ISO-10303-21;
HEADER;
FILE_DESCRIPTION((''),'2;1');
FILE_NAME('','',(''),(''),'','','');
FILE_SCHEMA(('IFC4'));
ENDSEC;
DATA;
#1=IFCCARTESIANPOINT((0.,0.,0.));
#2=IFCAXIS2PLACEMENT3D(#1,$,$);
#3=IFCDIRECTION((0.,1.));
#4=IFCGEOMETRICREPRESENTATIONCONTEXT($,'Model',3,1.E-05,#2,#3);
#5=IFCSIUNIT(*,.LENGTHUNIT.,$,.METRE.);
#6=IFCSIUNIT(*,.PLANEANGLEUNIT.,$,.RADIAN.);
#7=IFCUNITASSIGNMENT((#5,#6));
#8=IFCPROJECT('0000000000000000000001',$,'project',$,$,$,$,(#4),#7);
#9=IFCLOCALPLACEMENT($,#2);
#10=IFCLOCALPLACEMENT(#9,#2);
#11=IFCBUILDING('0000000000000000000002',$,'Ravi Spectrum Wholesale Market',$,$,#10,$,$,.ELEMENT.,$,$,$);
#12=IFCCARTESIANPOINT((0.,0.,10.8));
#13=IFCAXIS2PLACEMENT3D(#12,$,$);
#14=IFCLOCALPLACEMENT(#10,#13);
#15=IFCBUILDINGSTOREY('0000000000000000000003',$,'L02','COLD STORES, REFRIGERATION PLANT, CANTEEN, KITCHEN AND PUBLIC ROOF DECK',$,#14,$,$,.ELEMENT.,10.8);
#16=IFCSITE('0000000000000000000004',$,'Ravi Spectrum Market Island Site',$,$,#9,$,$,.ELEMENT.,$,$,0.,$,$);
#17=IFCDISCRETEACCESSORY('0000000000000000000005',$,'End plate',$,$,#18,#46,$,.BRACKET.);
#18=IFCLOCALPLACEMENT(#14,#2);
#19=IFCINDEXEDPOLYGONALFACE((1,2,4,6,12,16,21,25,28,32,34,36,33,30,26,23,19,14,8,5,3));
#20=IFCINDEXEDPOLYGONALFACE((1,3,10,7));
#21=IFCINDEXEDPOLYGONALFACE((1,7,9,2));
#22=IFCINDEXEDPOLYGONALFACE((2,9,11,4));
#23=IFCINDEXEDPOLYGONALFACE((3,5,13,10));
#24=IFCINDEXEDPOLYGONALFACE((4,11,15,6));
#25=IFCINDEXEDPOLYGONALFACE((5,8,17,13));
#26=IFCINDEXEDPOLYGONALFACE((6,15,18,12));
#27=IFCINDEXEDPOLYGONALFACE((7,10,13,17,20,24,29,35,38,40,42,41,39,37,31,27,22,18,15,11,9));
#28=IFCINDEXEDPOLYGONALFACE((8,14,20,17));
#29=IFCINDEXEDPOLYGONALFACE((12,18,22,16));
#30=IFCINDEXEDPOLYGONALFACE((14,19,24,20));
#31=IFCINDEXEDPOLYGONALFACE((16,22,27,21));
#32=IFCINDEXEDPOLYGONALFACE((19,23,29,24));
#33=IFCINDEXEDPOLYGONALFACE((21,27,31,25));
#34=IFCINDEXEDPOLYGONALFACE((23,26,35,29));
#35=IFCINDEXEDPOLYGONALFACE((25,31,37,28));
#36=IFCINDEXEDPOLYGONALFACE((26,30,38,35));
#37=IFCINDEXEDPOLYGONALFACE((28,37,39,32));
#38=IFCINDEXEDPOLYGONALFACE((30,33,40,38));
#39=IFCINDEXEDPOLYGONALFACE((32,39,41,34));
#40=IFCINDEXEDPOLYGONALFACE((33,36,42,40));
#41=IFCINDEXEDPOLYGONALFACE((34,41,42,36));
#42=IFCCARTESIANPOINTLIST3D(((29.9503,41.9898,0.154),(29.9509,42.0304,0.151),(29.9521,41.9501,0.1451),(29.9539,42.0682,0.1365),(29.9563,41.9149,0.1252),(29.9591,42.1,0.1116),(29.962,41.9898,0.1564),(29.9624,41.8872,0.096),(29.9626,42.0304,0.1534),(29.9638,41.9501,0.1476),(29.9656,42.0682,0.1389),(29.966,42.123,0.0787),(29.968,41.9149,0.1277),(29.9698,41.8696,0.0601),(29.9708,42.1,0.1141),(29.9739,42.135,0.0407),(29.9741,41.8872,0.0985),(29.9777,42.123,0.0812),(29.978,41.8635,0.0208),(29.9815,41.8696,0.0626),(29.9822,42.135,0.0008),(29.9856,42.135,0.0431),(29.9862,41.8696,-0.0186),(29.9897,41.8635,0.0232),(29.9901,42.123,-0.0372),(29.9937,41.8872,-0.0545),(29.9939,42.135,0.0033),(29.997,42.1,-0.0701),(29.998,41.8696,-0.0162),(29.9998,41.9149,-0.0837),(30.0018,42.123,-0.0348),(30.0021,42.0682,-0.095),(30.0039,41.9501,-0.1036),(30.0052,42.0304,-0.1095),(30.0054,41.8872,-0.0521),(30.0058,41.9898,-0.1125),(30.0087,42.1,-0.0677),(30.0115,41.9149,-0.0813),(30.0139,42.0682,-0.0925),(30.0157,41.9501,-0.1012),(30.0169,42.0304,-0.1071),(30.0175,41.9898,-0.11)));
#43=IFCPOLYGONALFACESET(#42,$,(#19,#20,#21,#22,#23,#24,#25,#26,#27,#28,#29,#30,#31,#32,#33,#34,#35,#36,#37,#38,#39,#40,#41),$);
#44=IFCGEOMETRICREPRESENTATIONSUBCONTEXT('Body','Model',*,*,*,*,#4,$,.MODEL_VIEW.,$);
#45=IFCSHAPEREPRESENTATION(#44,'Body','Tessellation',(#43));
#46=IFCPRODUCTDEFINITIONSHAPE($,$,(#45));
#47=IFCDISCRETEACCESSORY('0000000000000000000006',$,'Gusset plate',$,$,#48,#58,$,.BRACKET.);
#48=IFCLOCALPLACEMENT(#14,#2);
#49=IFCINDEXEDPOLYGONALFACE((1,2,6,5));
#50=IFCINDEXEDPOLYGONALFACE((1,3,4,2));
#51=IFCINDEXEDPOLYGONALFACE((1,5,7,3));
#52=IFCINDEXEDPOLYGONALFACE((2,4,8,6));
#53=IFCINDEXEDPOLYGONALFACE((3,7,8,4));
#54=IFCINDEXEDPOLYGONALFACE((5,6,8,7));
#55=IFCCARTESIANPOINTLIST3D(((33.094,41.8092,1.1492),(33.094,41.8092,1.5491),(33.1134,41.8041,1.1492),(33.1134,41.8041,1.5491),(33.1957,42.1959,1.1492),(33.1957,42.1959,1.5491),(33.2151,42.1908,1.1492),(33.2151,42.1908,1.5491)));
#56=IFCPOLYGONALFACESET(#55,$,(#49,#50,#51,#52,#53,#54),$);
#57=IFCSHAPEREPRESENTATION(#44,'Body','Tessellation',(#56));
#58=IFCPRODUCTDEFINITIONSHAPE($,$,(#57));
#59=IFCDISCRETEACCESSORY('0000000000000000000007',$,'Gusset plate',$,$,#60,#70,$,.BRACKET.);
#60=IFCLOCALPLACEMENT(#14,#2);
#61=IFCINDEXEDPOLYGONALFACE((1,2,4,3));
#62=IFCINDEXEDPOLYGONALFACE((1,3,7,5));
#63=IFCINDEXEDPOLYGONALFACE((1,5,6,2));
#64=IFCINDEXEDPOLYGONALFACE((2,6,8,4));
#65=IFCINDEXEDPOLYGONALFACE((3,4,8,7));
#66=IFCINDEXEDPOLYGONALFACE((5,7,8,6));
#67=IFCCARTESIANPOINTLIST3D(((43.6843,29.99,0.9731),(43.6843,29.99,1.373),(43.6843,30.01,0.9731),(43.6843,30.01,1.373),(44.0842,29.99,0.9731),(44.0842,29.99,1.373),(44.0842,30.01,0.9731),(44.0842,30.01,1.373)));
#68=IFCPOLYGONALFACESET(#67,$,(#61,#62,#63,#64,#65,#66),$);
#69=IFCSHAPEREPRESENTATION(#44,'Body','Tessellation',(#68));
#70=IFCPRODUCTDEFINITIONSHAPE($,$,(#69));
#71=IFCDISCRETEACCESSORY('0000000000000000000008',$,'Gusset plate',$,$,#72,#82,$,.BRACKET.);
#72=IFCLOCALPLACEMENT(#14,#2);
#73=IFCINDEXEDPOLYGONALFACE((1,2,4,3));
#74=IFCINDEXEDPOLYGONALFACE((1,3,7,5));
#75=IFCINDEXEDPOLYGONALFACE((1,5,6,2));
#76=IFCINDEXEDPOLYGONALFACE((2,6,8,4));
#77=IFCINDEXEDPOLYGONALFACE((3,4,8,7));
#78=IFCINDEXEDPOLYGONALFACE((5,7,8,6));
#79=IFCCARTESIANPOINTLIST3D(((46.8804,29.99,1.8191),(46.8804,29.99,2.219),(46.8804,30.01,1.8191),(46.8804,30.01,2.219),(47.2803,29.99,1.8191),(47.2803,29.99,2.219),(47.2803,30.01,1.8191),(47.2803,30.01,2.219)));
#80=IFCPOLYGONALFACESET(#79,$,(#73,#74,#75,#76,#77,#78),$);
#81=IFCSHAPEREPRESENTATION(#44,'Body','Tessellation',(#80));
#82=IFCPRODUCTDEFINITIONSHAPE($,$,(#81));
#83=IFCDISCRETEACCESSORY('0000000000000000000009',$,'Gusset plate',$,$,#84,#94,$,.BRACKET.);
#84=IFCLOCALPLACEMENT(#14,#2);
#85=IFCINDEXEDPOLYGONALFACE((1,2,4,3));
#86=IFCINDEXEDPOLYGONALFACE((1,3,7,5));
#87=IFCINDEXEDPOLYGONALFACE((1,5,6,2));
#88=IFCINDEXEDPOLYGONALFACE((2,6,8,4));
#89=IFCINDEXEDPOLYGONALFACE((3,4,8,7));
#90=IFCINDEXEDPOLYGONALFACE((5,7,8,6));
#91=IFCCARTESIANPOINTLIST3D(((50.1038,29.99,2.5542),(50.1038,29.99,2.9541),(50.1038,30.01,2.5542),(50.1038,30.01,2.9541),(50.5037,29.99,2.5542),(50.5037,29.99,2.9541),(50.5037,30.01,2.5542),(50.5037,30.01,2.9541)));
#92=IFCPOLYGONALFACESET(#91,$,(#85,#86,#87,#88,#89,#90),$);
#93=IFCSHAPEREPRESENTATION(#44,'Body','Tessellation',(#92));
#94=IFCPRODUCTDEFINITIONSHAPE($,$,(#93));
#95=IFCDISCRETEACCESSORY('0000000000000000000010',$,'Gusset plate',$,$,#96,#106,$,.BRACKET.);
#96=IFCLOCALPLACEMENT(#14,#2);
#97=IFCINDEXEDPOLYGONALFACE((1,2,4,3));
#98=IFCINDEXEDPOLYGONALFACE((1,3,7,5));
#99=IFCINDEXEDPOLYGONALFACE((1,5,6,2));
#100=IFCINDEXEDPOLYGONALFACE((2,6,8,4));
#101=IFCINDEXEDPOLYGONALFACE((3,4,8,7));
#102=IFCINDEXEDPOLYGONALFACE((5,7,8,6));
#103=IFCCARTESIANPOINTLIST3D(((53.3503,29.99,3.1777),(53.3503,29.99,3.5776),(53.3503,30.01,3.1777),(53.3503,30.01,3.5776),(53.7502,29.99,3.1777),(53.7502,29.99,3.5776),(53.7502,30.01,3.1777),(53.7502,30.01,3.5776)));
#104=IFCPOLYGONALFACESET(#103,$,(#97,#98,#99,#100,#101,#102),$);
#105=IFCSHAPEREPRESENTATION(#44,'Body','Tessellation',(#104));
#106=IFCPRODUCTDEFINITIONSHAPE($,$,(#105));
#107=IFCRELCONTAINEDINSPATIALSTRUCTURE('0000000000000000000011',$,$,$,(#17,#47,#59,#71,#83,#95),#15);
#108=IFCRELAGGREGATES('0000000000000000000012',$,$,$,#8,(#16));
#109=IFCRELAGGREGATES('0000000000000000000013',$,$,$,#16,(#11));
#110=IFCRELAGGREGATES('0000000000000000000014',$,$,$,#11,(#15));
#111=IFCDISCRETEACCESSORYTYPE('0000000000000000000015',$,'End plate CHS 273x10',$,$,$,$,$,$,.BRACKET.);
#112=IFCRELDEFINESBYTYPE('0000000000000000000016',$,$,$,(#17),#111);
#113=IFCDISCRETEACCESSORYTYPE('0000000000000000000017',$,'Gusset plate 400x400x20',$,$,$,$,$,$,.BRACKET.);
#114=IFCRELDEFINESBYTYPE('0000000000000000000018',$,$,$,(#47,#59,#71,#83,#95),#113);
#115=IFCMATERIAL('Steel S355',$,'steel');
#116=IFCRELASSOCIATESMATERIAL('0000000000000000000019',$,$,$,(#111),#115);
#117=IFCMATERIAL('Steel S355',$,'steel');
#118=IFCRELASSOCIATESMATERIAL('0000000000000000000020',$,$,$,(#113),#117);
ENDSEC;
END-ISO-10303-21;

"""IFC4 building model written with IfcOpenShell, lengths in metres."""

from ifc_helpers import new_model, si_unit, direction, frame, origin, origin_2d, place, context, subcontext, project, spatial, rectangle, circle, extrude, material, material_profile, profile_set, type_object, element, save


model = new_model("IFC4")

# Units and contexts
model_context = context("Model", 3, precision=1e-05, world=origin(), true_north=direction((0.0, 1.0)))
body_context = subcontext(model_context, "Body", "Model", "MODEL_VIEW")
ifc_project = project(units=[si_unit("LENGTHUNIT", "METRE"), si_unit("PLANEANGLEUNIT", "RADIAN")], contexts=[model_context])

# Site, building, storey
site_placement = place(None, origin())
site = spatial("IfcSite", under=ifc_project, at=site_placement, Name="Ravi Spectrum Market Island Site", CompositionType="ELEMENT", RefElevation=0.0)
building_placement = place(site_placement, origin())
building = spatial("IfcBuilding", under=site, at=building_placement, Name="Ravi Spectrum Wholesale Market", CompositionType="ELEMENT")
storey_placement = place(building_placement, frame((0.0, 0.0, 10.8)))
storey = spatial("IfcBuildingStorey", under=building, at=storey_placement, Name="L02", Description="COLD STORES, REFRIGERATION PLANT, CANTEEN, KITCHEN AND PUBLIC ROOF DECK", CompositionType="ELEMENT", Elevation=10.8)

# Discrete accessories
ifc_material_1 = material(Name="Steel S355", Category="steel")
ifc_material_profile_1 = material_profile(ifc_material_1, circle(Radius=0.1365, at=origin_2d()))
ifc_profile_set_1 = profile_set([ifc_material_profile_1], Name="Steel S355")
discrete_accessory_type_1 = type_object("IfcDiscreteAccessoryType", Name="End plate CHS 273x10", PredefinedType="BRACKET", material=ifc_profile_set_1)
discrete_accessory_1_placement = place(storey_placement, frame((29.9897, 42.0, 0.0232), z_axis=(-0.97898, 0.0, -0.203954), x_axis=(0.0, -1.0, 0.0)))
element("IfcDiscreteAccessory", 1, at=discrete_accessory_1_placement, inside=storey, type_object=discrete_accessory_type_1, Name="End plate", PredefinedType="BRACKET", context=body_context, shape_type="SweptSolid", body=[
    extrude(circle(Radius=0.1365, at=origin_2d()), origin(), (0.0, 0.0, 1.0), 0.012),
])
ifc_material_2 = material(Name="Steel S355", Category="steel")
ifc_material_profile_2 = material_profile(ifc_material_2, rectangle(XDim=0.3999, YDim=0.02, at=origin_2d()))
ifc_profile_set_2 = profile_set([ifc_material_profile_2], Name="Steel S355")
discrete_accessory_type_2 = type_object("IfcDiscreteAccessoryType", Name="Gusset plate 400x400x20", PredefinedType="BRACKET", material=ifc_profile_set_2)
for number, where, z_axis, x_axis, name in (
    (2, (33.1545, 42.0, 1.1492), (0.0, 0.0, 1.0), (0.254235, 0.967143, 0.0), "Gusset plate"),
    (3, (43.8843, 30.0, 0.9731), (0.0, 0.0, 1.0), (1.0, 0.0, 0.0), "Gusset plate"),
    (4, (47.0803, 30.0, 1.8191), (0.0, 0.0, 1.0), (1.0, 0.0, 0.0), "Gusset plate"),
    (5, (50.3037, 30.0, 2.5542), (0.0, 0.0, 1.0), (1.0, 0.0, 0.0), "Gusset plate"),
    (6, (53.5503, 30.0, 3.1777), (0.0, 0.0, 1.0), (1.0, 0.0, 0.0), "Gusset plate"),
):
    element("IfcDiscreteAccessory", number, at=place(storey_placement, frame(where, z_axis=z_axis, x_axis=x_axis)), inside=storey, type_object=discrete_accessory_type_2, Name=name, PredefinedType="BRACKET", context=body_context, shape_type="SweptSolid", body=[
        extrude(rectangle(XDim=0.3999, YDim=0.02, at=origin_2d()), origin(), (0.0, 0.0, 1.0), 0.3999),
    ])

save(model, "model.ifc")
